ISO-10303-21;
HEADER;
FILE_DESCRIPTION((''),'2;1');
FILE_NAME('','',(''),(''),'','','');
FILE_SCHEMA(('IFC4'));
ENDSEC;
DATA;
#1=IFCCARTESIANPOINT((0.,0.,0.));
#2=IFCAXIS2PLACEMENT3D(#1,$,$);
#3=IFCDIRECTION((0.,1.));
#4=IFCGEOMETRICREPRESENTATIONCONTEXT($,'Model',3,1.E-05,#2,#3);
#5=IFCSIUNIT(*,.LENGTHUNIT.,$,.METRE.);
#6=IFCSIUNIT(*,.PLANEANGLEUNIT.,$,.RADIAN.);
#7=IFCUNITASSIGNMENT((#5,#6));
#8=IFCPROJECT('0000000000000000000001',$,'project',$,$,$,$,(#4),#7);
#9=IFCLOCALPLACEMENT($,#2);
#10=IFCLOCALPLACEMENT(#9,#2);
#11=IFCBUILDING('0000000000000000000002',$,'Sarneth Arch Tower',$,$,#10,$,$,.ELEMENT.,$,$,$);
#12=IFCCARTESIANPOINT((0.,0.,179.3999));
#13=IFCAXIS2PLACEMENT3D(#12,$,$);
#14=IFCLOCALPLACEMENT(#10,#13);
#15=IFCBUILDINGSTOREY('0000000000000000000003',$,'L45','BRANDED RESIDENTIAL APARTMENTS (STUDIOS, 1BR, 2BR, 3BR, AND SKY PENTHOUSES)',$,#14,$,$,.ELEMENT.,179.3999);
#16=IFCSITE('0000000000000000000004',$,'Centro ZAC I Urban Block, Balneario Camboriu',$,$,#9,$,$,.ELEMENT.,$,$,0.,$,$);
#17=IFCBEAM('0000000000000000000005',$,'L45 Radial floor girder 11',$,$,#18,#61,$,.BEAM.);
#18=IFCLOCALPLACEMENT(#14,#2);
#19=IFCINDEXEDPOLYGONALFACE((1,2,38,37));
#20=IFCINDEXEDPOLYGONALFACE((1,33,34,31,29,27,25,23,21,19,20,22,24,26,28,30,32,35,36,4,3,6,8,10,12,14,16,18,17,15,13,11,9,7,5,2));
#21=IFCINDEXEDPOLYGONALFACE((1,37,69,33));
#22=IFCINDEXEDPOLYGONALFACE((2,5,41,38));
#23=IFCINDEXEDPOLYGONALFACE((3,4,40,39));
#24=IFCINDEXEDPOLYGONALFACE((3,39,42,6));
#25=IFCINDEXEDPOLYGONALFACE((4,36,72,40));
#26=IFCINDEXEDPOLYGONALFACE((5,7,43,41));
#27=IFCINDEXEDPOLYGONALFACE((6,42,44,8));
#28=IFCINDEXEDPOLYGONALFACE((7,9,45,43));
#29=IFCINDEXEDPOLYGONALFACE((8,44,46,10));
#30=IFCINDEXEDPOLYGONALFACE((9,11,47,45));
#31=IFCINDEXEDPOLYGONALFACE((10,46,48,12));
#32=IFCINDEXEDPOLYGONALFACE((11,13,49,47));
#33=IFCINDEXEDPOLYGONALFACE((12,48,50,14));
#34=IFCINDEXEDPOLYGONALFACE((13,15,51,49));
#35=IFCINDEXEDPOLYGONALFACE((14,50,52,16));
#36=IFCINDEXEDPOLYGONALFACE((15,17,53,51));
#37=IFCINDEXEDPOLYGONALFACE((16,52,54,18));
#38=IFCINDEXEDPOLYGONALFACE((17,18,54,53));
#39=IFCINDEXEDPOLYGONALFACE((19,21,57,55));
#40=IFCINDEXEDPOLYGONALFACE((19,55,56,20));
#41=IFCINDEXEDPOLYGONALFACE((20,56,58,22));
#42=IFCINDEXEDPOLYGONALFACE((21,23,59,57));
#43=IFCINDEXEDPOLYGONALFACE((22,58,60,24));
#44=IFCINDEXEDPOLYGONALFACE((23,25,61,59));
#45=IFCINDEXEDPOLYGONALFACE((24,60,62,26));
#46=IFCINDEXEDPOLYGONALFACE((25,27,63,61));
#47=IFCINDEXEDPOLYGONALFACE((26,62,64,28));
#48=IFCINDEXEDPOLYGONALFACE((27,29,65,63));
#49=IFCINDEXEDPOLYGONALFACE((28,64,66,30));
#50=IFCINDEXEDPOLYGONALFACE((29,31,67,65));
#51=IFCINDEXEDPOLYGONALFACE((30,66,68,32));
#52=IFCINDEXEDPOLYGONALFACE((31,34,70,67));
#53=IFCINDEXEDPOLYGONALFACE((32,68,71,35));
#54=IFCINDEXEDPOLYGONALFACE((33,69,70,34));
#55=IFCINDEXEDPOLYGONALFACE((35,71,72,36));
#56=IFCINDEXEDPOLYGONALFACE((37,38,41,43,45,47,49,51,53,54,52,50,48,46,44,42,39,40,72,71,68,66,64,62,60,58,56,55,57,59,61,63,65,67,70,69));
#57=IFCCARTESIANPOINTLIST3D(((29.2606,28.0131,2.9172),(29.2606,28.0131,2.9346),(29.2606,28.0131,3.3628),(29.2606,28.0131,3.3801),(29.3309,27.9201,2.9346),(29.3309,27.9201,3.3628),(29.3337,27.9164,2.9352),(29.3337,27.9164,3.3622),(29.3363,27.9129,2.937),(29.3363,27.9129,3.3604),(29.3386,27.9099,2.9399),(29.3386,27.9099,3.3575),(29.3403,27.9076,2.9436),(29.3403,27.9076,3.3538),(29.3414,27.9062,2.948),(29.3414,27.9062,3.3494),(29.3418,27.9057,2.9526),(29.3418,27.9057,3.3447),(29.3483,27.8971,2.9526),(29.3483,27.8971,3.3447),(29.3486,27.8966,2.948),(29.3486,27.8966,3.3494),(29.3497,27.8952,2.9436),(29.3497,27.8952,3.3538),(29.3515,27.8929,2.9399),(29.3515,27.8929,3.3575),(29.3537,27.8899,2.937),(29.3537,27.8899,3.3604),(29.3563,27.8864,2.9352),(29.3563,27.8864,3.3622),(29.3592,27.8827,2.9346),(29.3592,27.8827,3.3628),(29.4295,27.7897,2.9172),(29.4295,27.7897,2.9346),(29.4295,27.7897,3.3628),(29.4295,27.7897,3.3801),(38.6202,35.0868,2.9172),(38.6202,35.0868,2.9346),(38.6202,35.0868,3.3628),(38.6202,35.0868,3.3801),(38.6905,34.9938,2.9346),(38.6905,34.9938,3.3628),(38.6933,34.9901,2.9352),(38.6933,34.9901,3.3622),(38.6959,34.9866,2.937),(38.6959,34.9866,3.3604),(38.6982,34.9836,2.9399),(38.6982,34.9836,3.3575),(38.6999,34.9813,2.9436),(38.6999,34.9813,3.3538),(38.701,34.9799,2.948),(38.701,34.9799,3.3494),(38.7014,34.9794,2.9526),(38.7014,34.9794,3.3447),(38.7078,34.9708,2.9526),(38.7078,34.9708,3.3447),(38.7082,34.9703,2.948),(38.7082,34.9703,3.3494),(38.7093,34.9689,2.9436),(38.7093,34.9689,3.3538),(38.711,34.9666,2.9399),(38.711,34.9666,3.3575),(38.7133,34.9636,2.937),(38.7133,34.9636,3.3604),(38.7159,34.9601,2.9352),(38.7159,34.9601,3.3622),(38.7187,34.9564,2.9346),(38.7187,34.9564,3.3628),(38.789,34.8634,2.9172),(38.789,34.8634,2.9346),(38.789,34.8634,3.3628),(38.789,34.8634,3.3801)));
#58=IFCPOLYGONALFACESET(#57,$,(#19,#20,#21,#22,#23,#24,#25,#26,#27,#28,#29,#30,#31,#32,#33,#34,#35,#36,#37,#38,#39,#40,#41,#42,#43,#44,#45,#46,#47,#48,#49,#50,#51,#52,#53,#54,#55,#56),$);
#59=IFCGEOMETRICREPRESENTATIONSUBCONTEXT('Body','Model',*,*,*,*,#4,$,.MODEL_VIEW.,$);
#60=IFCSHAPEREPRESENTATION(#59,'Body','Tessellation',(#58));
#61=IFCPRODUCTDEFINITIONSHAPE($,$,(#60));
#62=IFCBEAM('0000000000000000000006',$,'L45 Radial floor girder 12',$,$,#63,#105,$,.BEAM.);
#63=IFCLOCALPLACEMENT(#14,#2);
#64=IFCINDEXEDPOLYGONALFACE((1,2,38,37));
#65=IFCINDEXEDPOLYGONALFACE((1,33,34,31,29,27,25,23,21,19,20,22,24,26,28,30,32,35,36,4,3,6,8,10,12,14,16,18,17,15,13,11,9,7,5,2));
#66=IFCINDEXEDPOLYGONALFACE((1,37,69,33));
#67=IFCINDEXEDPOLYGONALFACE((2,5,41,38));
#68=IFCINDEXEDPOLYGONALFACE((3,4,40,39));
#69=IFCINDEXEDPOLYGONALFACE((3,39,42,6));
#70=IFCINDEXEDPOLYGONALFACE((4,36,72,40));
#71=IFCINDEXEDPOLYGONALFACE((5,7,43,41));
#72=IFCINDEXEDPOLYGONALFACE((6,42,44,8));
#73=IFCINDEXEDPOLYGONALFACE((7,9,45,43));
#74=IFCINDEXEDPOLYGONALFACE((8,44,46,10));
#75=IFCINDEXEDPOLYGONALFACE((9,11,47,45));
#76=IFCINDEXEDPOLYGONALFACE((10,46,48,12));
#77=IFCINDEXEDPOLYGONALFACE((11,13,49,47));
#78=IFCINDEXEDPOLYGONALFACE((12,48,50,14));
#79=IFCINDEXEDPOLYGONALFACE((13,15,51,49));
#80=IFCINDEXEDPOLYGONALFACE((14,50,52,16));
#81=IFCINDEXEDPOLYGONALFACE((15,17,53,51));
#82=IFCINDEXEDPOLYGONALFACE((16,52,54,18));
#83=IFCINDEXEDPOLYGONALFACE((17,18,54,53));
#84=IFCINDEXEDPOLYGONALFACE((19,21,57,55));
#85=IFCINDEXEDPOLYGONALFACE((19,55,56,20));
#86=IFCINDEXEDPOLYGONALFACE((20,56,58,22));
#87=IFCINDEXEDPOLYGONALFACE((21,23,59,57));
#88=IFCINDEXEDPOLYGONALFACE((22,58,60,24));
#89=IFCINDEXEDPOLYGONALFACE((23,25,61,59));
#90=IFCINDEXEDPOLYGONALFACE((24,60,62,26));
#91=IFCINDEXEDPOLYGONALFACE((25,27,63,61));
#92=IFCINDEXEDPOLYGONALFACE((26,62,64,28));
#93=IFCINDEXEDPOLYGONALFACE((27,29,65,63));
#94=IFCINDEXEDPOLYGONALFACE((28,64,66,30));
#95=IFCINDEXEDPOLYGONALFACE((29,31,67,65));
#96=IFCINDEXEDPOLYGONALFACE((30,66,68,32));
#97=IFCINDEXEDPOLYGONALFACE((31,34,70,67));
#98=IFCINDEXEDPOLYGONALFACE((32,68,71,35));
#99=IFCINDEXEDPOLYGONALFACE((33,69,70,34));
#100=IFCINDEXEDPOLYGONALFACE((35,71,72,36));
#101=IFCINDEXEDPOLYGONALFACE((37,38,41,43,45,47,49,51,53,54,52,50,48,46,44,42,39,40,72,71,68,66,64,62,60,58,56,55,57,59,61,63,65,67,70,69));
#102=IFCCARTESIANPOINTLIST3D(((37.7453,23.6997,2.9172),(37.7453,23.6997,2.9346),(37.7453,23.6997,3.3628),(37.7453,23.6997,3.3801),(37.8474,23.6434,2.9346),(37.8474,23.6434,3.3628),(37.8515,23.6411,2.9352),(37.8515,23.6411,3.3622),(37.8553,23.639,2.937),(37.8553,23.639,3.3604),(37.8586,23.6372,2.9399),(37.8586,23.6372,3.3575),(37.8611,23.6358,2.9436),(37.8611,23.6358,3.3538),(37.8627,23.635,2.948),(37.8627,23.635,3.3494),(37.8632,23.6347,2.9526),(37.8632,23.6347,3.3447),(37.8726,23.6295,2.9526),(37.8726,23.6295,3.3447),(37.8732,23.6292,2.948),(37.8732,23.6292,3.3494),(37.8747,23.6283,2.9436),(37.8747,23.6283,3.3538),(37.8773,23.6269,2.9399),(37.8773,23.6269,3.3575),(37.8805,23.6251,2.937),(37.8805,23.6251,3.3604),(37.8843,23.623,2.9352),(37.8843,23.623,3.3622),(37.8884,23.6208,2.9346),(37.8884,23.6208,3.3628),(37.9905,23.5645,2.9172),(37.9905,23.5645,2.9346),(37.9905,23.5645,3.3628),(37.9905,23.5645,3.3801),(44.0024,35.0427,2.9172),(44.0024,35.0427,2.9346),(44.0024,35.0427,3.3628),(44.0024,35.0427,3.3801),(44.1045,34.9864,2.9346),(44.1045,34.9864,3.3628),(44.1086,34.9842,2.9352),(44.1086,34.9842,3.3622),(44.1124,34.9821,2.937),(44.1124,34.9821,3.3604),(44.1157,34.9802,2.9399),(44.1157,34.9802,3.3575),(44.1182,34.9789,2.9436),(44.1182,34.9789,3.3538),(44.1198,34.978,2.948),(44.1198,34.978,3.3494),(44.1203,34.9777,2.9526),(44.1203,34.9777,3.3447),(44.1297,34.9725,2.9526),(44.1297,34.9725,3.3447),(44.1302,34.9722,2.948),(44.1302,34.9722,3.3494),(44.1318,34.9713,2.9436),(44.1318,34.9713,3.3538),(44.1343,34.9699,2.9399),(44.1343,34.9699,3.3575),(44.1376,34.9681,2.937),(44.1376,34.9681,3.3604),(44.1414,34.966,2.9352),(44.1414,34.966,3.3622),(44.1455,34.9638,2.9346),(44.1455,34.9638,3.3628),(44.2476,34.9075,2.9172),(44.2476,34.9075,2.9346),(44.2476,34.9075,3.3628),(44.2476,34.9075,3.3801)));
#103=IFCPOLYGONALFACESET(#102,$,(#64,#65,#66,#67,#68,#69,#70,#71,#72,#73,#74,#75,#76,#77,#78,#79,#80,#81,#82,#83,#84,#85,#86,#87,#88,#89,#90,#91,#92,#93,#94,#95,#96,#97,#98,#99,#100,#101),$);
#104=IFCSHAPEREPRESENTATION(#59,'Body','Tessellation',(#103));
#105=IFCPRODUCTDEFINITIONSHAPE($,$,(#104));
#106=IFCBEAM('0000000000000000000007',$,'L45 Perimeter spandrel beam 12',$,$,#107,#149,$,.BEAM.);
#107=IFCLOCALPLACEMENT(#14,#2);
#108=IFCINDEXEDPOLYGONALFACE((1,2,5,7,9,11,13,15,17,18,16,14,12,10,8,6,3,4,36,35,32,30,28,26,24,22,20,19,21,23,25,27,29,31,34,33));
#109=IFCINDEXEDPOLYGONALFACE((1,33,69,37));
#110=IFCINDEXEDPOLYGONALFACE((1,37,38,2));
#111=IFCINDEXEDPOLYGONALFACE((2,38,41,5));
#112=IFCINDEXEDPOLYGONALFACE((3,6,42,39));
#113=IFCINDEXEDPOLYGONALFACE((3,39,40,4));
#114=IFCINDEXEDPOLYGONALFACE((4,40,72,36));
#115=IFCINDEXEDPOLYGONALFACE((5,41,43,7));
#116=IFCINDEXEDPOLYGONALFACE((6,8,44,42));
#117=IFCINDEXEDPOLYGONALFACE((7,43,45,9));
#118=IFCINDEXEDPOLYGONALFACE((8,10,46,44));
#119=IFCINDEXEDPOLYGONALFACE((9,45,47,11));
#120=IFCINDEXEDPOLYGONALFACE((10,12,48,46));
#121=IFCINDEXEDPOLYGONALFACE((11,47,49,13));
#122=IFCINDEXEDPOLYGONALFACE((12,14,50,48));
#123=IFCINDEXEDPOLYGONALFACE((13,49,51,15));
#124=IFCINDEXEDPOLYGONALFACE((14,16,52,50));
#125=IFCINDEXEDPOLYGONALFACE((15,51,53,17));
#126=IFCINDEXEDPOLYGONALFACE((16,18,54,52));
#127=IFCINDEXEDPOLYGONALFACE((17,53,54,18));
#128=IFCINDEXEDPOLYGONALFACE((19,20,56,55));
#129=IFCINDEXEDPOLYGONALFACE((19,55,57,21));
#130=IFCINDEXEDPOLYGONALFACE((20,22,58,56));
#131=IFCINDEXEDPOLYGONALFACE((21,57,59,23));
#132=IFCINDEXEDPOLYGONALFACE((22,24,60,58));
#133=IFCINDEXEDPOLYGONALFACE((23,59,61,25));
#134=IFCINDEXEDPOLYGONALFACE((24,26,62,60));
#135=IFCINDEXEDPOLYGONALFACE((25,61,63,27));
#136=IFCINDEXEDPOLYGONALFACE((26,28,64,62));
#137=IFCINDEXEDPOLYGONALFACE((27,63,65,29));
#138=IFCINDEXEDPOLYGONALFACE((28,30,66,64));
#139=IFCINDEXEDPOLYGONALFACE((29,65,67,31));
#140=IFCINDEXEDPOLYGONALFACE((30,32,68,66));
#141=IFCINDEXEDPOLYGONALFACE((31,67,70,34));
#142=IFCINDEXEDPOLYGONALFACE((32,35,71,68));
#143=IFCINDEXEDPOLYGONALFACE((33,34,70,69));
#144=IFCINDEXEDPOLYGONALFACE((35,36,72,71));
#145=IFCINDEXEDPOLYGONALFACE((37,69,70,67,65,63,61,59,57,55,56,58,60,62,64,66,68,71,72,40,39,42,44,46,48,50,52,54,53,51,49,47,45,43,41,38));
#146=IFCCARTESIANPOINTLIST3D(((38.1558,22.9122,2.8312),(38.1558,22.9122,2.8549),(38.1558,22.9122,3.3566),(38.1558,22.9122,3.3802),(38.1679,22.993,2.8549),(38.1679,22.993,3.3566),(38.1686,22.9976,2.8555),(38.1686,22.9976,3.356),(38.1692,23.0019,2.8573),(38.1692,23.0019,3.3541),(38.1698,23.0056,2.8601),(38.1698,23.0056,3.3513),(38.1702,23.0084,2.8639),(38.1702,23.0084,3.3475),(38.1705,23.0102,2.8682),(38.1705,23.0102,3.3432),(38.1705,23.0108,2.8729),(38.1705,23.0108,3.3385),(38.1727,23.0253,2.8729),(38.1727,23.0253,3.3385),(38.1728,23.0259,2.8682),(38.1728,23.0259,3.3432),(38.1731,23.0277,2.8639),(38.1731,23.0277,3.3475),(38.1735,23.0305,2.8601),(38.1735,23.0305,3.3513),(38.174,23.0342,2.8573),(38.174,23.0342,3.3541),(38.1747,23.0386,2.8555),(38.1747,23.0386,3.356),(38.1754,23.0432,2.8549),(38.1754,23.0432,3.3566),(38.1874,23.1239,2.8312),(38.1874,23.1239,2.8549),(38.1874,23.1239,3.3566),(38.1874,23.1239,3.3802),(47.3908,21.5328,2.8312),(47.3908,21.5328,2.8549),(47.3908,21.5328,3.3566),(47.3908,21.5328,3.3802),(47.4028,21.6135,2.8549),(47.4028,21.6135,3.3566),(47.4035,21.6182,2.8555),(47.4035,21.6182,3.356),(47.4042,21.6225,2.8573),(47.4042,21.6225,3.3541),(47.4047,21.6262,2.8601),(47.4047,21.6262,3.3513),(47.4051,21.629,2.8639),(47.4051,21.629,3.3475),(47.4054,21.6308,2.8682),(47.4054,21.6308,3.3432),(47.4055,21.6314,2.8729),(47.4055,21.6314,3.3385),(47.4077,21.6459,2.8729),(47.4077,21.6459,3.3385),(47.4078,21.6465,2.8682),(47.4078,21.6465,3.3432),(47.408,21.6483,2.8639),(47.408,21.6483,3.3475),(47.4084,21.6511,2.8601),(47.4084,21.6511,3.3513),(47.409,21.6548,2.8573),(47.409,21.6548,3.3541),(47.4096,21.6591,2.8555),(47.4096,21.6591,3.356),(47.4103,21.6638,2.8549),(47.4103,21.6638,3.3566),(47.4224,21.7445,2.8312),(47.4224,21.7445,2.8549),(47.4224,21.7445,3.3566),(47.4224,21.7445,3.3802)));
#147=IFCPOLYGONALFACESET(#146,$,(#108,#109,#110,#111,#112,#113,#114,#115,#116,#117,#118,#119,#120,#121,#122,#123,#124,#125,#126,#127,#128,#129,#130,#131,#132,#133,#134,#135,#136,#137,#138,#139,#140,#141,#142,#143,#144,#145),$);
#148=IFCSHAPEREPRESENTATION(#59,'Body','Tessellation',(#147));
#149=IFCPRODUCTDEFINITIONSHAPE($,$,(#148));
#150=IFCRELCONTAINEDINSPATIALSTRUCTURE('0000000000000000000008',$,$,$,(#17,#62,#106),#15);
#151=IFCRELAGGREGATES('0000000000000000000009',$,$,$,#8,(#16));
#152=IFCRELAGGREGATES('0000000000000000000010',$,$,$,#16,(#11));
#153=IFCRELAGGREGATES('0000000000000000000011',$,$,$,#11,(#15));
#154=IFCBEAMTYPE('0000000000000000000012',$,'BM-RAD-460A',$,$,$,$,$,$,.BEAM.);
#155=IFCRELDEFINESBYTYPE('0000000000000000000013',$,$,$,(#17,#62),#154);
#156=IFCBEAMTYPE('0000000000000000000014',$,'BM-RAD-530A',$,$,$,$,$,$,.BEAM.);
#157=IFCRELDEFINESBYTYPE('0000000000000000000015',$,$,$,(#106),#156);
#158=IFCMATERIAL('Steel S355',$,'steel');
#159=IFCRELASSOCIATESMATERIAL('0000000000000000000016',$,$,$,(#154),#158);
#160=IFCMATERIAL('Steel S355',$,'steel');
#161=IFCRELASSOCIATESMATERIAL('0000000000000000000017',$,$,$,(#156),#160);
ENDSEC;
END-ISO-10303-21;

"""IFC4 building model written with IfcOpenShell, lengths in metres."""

from ifc_helpers import new_model, si_unit, direction, frame, origin, origin_2d, place, context, subcontext, project, spatial, i_section, extrude, material, material_profile, profile_set, type_object, element, save


model = new_model("IFC4")

# Units and contexts
model_context = context("Model", 3, precision=1e-05, world=origin(), true_north=direction((0.0, 1.0)))
body_context = subcontext(model_context, "Body", "Model", "MODEL_VIEW")
ifc_project = project(units=[si_unit("LENGTHUNIT", "METRE"), si_unit("PLANEANGLEUNIT", "RADIAN")], contexts=[model_context])

# Site, building, storey
site_placement = place(None, origin())
site = spatial("IfcSite", under=ifc_project, at=site_placement, Name="Centro ZAC I Urban Block, Balneario Camboriu", CompositionType="ELEMENT", RefElevation=0.0)
building_placement = place(site_placement, origin())
building = spatial("IfcBuilding", under=site, at=building_placement, Name="Sarneth Arch Tower", CompositionType="ELEMENT")
storey_placement = place(building_placement, frame((0.0, 0.0, 179.3999)))
storey = spatial("IfcBuildingStorey", under=building, at=storey_placement, Name="L45", Description="BRANDED RESIDENTIAL APARTMENTS (STUDIOS, 1BR, 2BR, 3BR, AND SKY PENTHOUSES)", CompositionType="ELEMENT", Elevation=179.3999)

# Beams
ifc_material_1 = material(Name="Steel S355", Category="steel")
ifc_material_profile_1 = material_profile(ifc_material_1, i_section(OverallWidth=0.28, OverallDepth=0.4629, WebThickness=0.0107, FlangeThickness=0.0173, FilletRadius=0.0181, at=origin_2d()), Name="W460x113")
ifc_profile_set_1 = profile_set([ifc_material_profile_1], Name="Steel S355")
beam_type_1 = type_object("IfcBeamType", Name="BM-RAD-460A", PredefinedType="BEAM", material=ifc_profile_set_1)
beam_1_placement = place(storey_placement, frame((38.7046, 34.9751, 3.1487), z_axis=(-0.797785, -0.602943, 0.0), x_axis=(0.602943, -0.797785, 0.0)))
element("IfcBeam", 1, at=beam_1_placement, inside=storey, type_object=beam_type_1, Name="L45 Radial floor girder 11", PredefinedType="BEAM", context=body_context, shape_type="SweptSolid", body=[
    extrude(i_section(OverallWidth=0.28, OverallDepth=0.4629, WebThickness=0.0107, FlangeThickness=0.0173, FilletRadius=0.0181, at=origin_2d()), origin(), (0.0, 0.0, 1.0), 11.7319),
])
beam_2_placement = place(storey_placement, frame((44.125, 34.9751, 3.1487), z_axis=(-0.48301, -0.875615, 0.0), x_axis=(0.875615, -0.48301, 0.0)))
element("IfcBeam", 2, at=beam_2_placement, inside=storey, type_object=beam_type_1, Name="L45 Radial floor girder 12", PredefinedType="BEAM", context=body_context, shape_type="SweptSolid", body=[
    extrude(i_section(OverallWidth=0.28, OverallDepth=0.4629, WebThickness=0.0107, FlangeThickness=0.0173, FilletRadius=0.0181, at=origin_2d()), origin(), (0.0, 0.0, 1.0), 12.9543),
])
ifc_material_2 = material(Name="Steel S355", Category="steel")
ifc_material_profile_2 = material_profile(ifc_material_2, i_section(OverallWidth=0.2141, OverallDepth=0.5491, WebThickness=0.0146, FlangeThickness=0.0237, FilletRadius=0.0181, at=origin_2d()), Name="W530x138")
ifc_profile_set_2 = profile_set([ifc_material_profile_2], Name="Steel S355")
beam_type_2 = type_object("IfcBeamType", Name="BM-RAD-530A", PredefinedType="BEAM", material=ifc_profile_set_2)
beam_3_placement = place(storey_placement, frame((38.1716, 23.0181, 3.1057), z_axis=(0.989028, -0.147729, 0.0), x_axis=(0.147729, 0.989028, 0.0)))
element("IfcBeam", 3, at=beam_3_placement, inside=storey, type_object=beam_type_2, Name="L45 Perimeter spandrel beam 12", PredefinedType="BEAM", context=body_context, shape_type="SweptSolid", body=[
    extrude(i_section(OverallWidth=0.2141, OverallDepth=0.5491, WebThickness=0.0146, FlangeThickness=0.0237, FilletRadius=0.0181, at=origin_2d()), origin(), (0.0, 0.0, 1.0), 9.3374),
])

save(model, "model.ifc")
